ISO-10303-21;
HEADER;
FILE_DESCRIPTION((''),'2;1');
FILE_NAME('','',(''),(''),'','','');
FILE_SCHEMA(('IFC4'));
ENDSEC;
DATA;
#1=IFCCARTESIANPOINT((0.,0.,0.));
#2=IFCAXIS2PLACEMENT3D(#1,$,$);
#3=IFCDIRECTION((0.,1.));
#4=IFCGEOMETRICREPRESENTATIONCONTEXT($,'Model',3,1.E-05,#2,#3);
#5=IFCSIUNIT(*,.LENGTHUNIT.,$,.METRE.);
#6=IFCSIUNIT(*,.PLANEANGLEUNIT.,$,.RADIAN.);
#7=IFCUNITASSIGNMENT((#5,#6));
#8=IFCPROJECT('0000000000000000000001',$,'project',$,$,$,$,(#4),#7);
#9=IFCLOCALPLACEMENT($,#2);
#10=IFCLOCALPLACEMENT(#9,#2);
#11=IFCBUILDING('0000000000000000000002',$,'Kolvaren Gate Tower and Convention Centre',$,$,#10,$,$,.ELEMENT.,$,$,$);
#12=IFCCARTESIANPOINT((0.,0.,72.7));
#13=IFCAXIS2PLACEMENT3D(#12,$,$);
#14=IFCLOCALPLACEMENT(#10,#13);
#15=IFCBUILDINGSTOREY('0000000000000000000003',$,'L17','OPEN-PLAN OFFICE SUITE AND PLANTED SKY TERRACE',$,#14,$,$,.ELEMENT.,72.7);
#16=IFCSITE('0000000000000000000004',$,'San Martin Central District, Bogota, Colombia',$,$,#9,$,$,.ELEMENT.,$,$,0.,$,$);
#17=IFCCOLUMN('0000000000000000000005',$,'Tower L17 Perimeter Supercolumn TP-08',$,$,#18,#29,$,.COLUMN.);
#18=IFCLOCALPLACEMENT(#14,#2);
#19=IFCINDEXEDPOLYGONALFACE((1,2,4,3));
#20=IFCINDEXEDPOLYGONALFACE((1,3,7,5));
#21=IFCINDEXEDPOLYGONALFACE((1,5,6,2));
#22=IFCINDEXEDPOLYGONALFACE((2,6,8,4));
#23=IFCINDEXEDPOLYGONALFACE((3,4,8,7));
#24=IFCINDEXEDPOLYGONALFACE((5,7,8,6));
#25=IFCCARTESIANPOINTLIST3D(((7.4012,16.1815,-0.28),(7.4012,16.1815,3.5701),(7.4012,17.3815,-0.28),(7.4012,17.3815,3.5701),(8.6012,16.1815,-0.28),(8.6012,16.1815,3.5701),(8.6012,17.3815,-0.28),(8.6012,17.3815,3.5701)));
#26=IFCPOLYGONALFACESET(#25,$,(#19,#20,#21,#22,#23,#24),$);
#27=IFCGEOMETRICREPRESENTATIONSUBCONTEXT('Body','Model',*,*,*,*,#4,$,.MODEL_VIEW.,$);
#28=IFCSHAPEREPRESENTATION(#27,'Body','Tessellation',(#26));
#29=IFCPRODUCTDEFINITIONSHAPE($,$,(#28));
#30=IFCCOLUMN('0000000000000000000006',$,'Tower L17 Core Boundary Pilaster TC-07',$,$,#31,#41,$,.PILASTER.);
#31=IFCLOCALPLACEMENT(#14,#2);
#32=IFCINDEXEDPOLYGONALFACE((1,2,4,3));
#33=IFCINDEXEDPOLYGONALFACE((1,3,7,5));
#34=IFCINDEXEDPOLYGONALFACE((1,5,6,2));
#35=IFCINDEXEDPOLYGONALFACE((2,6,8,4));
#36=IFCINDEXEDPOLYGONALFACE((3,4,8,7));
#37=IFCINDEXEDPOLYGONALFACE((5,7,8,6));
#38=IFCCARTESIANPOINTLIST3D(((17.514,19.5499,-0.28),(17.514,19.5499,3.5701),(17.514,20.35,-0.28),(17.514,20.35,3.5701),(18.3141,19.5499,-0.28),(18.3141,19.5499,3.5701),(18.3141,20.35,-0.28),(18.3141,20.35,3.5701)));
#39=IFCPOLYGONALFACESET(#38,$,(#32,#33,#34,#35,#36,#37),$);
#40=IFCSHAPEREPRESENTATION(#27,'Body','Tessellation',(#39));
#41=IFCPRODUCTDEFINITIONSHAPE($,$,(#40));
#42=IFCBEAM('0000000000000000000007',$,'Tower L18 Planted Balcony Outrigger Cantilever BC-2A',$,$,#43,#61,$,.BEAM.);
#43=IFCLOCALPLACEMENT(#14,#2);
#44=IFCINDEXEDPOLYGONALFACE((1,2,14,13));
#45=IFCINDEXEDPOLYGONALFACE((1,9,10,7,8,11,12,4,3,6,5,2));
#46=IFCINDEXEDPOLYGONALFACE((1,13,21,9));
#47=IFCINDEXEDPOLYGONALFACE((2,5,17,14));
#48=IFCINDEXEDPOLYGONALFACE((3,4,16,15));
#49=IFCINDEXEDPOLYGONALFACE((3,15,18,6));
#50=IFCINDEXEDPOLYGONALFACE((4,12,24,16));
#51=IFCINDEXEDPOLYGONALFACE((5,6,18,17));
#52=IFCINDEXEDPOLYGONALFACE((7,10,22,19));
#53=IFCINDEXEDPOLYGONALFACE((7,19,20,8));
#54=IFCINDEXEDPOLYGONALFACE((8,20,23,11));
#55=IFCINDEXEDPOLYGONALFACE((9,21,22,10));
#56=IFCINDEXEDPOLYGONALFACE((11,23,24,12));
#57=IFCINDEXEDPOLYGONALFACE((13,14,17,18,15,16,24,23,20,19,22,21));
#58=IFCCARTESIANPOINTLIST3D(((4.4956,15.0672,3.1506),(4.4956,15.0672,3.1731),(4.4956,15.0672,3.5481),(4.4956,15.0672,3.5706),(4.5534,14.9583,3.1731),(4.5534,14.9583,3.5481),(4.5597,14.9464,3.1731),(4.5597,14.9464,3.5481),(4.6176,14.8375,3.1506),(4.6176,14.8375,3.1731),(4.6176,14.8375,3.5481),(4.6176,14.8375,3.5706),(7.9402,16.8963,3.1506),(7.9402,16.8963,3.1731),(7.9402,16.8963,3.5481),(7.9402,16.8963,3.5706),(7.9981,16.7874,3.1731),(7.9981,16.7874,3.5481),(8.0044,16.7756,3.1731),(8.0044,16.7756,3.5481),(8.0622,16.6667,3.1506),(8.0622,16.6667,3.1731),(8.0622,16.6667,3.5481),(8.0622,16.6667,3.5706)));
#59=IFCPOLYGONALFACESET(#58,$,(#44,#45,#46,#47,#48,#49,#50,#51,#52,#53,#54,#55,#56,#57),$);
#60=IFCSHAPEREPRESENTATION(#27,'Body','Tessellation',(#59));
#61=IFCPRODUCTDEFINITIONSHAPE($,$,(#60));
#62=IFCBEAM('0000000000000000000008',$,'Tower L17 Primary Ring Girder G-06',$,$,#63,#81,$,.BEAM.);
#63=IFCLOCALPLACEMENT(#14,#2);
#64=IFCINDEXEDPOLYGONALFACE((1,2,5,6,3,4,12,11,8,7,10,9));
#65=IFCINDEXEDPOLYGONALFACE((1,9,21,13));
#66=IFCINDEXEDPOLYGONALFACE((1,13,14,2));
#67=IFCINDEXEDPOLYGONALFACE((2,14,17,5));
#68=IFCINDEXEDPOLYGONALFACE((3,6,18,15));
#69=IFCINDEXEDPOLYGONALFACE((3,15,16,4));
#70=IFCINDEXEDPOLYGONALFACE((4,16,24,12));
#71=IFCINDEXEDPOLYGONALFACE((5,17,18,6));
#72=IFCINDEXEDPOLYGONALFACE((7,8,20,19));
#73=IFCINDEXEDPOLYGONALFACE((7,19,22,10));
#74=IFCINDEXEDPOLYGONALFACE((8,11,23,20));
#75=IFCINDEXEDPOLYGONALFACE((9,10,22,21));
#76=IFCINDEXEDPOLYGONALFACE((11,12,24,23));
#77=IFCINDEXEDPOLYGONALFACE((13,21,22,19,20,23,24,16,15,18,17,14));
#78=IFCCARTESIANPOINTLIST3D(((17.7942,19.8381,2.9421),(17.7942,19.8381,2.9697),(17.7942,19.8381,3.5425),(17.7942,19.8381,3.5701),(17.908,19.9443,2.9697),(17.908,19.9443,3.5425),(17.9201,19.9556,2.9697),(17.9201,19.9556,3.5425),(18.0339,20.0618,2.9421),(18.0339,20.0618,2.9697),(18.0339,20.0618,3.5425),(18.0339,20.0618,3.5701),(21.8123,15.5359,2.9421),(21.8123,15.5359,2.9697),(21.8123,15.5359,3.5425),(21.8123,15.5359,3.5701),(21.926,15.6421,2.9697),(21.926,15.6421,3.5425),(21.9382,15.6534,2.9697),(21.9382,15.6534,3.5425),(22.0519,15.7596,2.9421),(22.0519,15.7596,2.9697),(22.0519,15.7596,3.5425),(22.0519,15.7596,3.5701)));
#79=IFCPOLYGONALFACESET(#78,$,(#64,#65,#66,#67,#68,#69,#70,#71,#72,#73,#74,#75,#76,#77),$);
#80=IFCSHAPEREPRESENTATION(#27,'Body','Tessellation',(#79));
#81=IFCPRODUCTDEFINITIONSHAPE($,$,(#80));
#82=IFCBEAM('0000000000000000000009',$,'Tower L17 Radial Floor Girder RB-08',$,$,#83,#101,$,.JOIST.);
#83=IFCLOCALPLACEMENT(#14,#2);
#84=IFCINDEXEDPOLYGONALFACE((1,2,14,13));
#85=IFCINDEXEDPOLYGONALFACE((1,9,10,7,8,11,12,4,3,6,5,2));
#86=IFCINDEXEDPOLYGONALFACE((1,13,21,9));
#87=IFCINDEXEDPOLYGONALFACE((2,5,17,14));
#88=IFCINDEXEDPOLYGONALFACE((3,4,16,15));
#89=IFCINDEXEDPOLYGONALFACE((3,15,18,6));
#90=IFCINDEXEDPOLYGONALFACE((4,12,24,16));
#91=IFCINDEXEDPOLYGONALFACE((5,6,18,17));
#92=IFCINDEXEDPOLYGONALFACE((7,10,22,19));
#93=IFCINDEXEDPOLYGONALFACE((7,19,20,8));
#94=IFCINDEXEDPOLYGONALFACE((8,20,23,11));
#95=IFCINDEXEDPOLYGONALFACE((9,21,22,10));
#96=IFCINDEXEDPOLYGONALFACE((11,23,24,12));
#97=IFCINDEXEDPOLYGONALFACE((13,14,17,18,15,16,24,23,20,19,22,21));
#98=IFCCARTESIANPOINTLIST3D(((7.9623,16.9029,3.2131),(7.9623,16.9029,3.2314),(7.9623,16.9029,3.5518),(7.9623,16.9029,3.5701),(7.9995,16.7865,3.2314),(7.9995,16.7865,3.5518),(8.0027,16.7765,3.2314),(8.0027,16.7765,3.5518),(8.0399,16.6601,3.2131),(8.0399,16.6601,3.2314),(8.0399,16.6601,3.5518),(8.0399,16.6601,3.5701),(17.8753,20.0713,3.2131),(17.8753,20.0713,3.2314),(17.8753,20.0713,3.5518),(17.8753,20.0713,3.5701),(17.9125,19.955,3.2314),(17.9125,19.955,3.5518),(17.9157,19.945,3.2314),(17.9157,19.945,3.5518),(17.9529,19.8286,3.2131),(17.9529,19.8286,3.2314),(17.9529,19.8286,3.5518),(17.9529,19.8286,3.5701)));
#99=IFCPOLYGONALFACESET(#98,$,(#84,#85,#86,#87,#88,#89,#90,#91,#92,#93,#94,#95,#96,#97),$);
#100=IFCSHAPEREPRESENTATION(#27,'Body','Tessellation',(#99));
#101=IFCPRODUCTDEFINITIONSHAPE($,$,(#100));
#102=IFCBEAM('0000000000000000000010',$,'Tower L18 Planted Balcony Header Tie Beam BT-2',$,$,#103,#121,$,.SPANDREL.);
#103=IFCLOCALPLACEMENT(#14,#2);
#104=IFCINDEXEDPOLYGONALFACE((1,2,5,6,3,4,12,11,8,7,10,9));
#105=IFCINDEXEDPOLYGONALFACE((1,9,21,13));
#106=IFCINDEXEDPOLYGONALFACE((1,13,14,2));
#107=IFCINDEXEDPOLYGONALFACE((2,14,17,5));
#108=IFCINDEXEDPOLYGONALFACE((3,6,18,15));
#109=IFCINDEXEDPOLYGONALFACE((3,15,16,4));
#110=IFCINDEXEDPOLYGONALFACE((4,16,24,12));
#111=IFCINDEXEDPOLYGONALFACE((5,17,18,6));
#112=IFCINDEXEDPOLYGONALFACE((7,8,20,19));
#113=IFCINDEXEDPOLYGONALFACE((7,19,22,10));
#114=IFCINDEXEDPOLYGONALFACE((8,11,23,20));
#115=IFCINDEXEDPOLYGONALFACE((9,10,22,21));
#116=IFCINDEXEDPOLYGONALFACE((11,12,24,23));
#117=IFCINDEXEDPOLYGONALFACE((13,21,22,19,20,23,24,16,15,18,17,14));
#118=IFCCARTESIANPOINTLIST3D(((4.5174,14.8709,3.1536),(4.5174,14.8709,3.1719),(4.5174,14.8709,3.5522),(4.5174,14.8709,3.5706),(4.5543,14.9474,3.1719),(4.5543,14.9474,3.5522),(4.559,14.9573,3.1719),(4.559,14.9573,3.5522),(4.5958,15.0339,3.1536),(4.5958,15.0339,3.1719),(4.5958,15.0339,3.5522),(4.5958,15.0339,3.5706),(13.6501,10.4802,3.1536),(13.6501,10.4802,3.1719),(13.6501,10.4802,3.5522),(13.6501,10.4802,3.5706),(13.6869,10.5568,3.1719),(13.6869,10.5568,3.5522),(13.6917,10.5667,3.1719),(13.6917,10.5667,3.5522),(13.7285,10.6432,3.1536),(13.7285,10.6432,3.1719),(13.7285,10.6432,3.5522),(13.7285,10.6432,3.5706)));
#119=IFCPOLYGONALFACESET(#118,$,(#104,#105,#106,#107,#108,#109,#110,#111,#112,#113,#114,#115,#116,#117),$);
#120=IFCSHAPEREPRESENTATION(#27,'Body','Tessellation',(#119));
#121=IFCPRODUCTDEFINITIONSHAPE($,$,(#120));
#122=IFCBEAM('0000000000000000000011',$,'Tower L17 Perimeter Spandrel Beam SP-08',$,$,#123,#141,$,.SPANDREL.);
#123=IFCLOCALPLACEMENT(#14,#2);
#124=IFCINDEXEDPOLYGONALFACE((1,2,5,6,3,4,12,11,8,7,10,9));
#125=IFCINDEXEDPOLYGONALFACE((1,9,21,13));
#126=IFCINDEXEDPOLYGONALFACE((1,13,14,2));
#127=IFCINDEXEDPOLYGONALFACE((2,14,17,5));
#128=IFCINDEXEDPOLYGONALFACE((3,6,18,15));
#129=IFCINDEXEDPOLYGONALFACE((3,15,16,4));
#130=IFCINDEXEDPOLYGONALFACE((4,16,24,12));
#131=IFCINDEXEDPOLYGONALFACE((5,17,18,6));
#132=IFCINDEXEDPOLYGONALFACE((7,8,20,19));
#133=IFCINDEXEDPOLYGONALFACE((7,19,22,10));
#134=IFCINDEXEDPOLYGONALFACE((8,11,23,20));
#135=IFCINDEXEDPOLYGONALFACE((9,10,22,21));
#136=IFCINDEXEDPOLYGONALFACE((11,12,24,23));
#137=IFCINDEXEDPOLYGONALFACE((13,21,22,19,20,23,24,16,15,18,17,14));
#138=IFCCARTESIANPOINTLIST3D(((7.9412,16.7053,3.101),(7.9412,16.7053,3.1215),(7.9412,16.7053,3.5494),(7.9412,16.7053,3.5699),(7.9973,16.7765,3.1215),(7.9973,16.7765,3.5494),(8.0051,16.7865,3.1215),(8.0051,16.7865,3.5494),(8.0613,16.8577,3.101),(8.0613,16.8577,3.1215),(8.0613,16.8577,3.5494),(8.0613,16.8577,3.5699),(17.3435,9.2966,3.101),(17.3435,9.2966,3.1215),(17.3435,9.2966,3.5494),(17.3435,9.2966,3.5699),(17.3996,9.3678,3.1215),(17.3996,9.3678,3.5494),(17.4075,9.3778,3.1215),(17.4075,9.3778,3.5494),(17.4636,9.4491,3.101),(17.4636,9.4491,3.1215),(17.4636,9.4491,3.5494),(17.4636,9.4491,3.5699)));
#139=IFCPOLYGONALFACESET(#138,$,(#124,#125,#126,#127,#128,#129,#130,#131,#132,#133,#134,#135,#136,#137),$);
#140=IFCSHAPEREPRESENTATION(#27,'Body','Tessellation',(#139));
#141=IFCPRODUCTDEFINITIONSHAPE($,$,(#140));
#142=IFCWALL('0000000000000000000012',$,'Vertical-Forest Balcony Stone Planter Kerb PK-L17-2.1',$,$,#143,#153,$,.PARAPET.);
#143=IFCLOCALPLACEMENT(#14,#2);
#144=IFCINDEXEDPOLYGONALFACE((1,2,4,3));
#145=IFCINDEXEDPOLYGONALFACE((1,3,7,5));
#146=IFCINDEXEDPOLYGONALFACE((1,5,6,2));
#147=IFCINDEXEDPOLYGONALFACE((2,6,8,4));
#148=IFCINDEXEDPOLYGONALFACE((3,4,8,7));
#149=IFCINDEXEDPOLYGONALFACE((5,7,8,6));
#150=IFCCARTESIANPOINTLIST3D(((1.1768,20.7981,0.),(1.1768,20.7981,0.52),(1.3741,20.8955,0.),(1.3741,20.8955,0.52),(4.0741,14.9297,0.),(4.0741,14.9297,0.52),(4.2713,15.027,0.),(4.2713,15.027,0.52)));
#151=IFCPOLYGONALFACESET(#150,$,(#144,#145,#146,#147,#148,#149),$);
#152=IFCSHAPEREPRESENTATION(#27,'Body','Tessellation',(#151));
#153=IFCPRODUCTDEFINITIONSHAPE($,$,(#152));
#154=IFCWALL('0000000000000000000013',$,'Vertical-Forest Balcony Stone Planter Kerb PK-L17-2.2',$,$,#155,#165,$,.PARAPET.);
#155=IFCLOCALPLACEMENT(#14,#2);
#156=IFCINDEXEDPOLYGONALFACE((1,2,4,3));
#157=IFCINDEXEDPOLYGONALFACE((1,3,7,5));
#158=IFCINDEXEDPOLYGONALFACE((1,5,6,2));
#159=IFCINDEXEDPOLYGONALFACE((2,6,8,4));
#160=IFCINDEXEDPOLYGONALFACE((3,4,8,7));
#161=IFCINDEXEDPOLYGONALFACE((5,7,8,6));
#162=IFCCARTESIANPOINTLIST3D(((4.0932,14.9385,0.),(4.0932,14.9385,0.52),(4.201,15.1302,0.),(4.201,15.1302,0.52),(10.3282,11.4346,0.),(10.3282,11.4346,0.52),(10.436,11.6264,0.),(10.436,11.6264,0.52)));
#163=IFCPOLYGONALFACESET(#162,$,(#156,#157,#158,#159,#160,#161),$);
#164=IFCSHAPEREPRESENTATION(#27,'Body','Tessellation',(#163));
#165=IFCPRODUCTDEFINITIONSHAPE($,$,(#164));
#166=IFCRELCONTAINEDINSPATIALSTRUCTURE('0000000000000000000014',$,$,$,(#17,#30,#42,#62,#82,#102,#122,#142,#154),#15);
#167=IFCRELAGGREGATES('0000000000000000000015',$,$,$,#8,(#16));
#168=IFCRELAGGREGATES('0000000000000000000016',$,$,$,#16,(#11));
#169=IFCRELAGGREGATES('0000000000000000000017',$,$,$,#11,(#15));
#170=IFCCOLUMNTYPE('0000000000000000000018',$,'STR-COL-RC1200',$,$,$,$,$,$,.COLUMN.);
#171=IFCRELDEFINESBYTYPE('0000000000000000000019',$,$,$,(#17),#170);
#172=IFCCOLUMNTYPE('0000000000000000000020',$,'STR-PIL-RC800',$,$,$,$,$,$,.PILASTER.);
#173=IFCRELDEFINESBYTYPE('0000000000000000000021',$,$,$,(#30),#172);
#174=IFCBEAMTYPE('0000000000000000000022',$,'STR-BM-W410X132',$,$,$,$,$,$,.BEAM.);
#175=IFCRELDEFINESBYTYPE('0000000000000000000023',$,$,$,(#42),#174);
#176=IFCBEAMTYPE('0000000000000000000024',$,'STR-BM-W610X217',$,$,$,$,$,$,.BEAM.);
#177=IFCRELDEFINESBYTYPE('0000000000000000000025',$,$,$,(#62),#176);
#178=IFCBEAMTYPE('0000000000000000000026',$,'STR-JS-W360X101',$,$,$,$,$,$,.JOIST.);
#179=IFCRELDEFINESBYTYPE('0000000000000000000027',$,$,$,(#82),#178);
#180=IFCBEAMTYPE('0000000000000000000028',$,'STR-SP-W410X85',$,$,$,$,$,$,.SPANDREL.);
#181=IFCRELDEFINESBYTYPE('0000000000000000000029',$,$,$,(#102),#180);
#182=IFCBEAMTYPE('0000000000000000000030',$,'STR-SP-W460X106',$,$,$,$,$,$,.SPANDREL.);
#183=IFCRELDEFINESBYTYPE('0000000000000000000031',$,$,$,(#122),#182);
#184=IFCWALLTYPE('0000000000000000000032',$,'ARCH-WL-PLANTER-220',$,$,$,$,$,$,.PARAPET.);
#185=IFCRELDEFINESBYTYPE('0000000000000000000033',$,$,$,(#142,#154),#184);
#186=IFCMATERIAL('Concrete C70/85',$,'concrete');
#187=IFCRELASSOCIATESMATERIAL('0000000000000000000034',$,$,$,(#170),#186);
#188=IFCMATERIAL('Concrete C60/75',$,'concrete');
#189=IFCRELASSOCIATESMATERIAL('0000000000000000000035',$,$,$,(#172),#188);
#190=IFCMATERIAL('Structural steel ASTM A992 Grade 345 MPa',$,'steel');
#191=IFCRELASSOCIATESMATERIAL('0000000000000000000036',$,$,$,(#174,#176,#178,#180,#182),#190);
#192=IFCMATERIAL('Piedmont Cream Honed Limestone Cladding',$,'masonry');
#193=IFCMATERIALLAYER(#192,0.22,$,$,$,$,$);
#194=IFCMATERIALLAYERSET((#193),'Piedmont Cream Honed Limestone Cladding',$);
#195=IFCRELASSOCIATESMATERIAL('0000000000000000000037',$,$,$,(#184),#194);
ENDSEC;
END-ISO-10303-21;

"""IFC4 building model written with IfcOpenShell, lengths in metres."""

from ifc_helpers import new_model, si_unit, direction, frame, frame_2d, origin, origin_2d, place, context, subcontext, project, spatial, rectangle, i_section, extrude, material, layer, layer_set, material_profile, profile_set, type_object, element, save


model = new_model("IFC4")

# Units and contexts
model_context = context("Model", 3, precision=1e-05, world=origin(), true_north=direction((0.0, 1.0)))
body_context = subcontext(model_context, "Body", "Model", "MODEL_VIEW")
ifc_project = project(units=[si_unit("LENGTHUNIT", "METRE"), si_unit("PLANEANGLEUNIT", "RADIAN")], contexts=[model_context])

# Site, building, storey
site_placement = place(None, origin())
site = spatial("IfcSite", under=ifc_project, at=site_placement, Name="San Martin Central District, Bogota, Colombia", CompositionType="ELEMENT", RefElevation=0.0)
building_placement = place(site_placement, origin())
building = spatial("IfcBuilding", under=site, at=building_placement, Name="Kolvaren Gate Tower and Convention Centre", CompositionType="ELEMENT")
storey_placement = place(building_placement, frame((0.0, 0.0, 72.7)))
storey = spatial("IfcBuildingStorey", under=building, at=storey_placement, Name="L17", Description="OPEN-PLAN OFFICE SUITE AND PLANTED SKY TERRACE", CompositionType="ELEMENT", Elevation=72.7)

# Columns
ifc_material_1 = material(Name="Concrete C70/85", Category="concrete")
ifc_material_profile_1 = material_profile(ifc_material_1, rectangle(XDim=1.2, YDim=1.2, at=origin_2d()), Name="RC-COL-1200X1200")
ifc_profile_set_1 = profile_set([ifc_material_profile_1], Name="Concrete C70/85")
column_type_1 = type_object("IfcColumnType", Name="STR-COL-RC1200", PredefinedType="COLUMN", material=ifc_profile_set_1)
column_1_placement = place(storey_placement, frame((8.0012, 16.7815, -0.28), z_axis=(0.0, 0.0, 1.0), x_axis=(1.0, 0.0, 0.0)))
element("IfcColumn", 1, at=column_1_placement, inside=storey, type_object=column_type_1, Name="Tower L17 Perimeter Supercolumn TP-08", PredefinedType="COLUMN", context=body_context, shape_type="SweptSolid", body=[
    extrude(rectangle(XDim=1.2, YDim=1.2, at=origin_2d()), origin(), (0.0, 0.0, 1.0), 3.8501),
])
ifc_material_2 = material(Name="Concrete C60/75", Category="concrete")
ifc_material_profile_2 = material_profile(ifc_material_2, rectangle(XDim=0.8, YDim=0.8, at=origin_2d()), Name="RC-COL-800X800")
ifc_profile_set_2 = profile_set([ifc_material_profile_2], Name="Concrete C60/75")
column_type_2 = type_object("IfcColumnType", Name="STR-PIL-RC800", PredefinedType="PILASTER", material=ifc_profile_set_2)
column_2_placement = place(storey_placement, frame((17.9141, 19.95, -0.28), z_axis=(0.0, 0.0, 1.0), x_axis=(1.0, 0.0, 0.0)))
element("IfcColumn", 2, at=column_2_placement, inside=storey, type_object=column_type_2, Name="Tower L17 Core Boundary Pilaster TC-07", PredefinedType="PILASTER", context=body_context, shape_type="SweptSolid", body=[
    extrude(rectangle(XDim=0.8, YDim=0.8, at=origin_2d()), origin(), (0.0, 0.0, 1.0), 3.8501),
])

# Beams
ifc_material_3 = material(Name="Structural steel ASTM A992 Grade 345 MPa", Category="steel")
ifc_material_profile_3 = material_profile(ifc_material_3, i_section(OverallWidth=0.26, OverallDepth=0.4199, WebThickness=0.0134, FlangeThickness=0.0225, at=origin_2d()), Name="W410X132")
ifc_profile_set_3 = profile_set([ifc_material_profile_3], Name="Structural steel ASTM A992 Grade 345 MPa")
beam_type_1 = type_object("IfcBeamType", Name="STR-BM-W410X132", PredefinedType="BEAM", material=ifc_profile_set_3)
beam_1_placement = place(storey_placement, frame((8.0012, 16.7815, 3.3606), z_axis=(-0.883204, -0.468989, 0.0), x_axis=(0.468989, -0.883204, 0.0)))
element("IfcBeam", 3, at=beam_1_placement, inside=storey, type_object=beam_type_1, Name="Tower L18 Planted Balcony Outrigger Cantilever BC-2A", PredefinedType="BEAM", context=body_context, shape_type="SweptSolid", body=[
    extrude(i_section(OverallWidth=0.26, OverallDepth=0.4199, WebThickness=0.0134, FlangeThickness=0.0225, at=origin_2d()), origin(), (0.0, 0.0, 1.0), 3.9001),
])
ifc_material_profile_4 = material_profile(ifc_material_3, i_section(OverallWidth=0.3279, OverallDepth=0.6279, WebThickness=0.0166, FlangeThickness=0.0276, at=origin_2d()), Name="W610X217")
ifc_profile_set_4 = profile_set([ifc_material_profile_4], Name="Structural steel ASTM A992 Grade 345 MPa")
beam_type_2 = type_object("IfcBeamType", Name="STR-BM-W610X217", PredefinedType="BEAM", material=ifc_profile_set_4)
beam_2_placement = place(storey_placement, frame((17.9141, 19.95, 3.2561), z_axis=(0.682558, -0.730832, 0.0), x_axis=(0.730832, 0.682558, 0.0)))
element("IfcBeam", 4, at=beam_2_placement, inside=storey, type_object=beam_type_2, Name="Tower L17 Primary Ring Girder G-06", PredefinedType="BEAM", context=body_context, shape_type="SweptSolid", body=[
    extrude(i_section(OverallWidth=0.3279, OverallDepth=0.6279, WebThickness=0.0166, FlangeThickness=0.0276, at=origin_2d()), origin(), (0.0, 0.0, 1.0), 5.8867),
])
ifc_material_profile_5 = material_profile(ifc_material_3, i_section(OverallWidth=0.2549, OverallDepth=0.3569, WebThickness=0.0105, FlangeThickness=0.0183, at=origin_2d()), Name="W360X101")
ifc_profile_set_5 = profile_set([ifc_material_profile_5], Name="Structural steel ASTM A992 Grade 345 MPa")
beam_type_3 = type_object("IfcBeamType", Name="STR-JS-W360X101", PredefinedType="JOIST", material=ifc_profile_set_5)
beam_3_placement = place(storey_placement, frame((17.9141, 19.95, 3.3916), z_axis=(-0.952526, -0.304457, 0.0), x_axis=(0.304457, -0.952526, 0.0)))
element("IfcBeam", 5, at=beam_3_placement, inside=storey, type_object=beam_type_3, Name="Tower L17 Radial Floor Girder RB-08", PredefinedType="JOIST", context=body_context, shape_type="SweptSolid", body=[
    extrude(i_section(OverallWidth=0.2549, OverallDepth=0.3569, WebThickness=0.0105, FlangeThickness=0.0183, at=origin_2d()), origin(), (0.0, 0.0, 1.0), 10.407),
])
ifc_material_profile_6 = material_profile(ifc_material_3, i_section(OverallWidth=0.1809, OverallDepth=0.417, WebThickness=0.011, FlangeThickness=0.0183, at=origin_2d()), Name="W410X85")
ifc_profile_set_6 = profile_set([ifc_material_profile_6], Name="Structural steel ASTM A992 Grade 345 MPa")
beam_type_4 = type_object("IfcBeamType", Name="STR-SP-W410X85", PredefinedType="SPANDREL", material=ifc_profile_set_6)
beam_4_placement = place(storey_placement, frame((4.5566, 14.9524, 3.3621), z_axis=(0.901254, -0.433292, 0.0), x_axis=(0.433292, 0.901254, 0.0)))
element("IfcBeam", 6, at=beam_4_placement, inside=storey, type_object=beam_type_4, Name="Tower L18 Planted Balcony Header Tie Beam BT-2", PredefinedType="SPANDREL", context=body_context, shape_type="SweptSolid", body=[
    extrude(i_section(OverallWidth=0.1809, OverallDepth=0.417, WebThickness=0.011, FlangeThickness=0.0183, at=origin_2d()), origin(), (0.0, 0.0, 1.0), 10.1333),
])
ifc_material_profile_7 = material_profile(ifc_material_3, i_section(OverallWidth=0.1941, OverallDepth=0.469, WebThickness=0.0127, FlangeThickness=0.0205, at=origin_2d()), Name="W460X106")
ifc_profile_set_7 = profile_set([ifc_material_profile_7], Name="Structural steel ASTM A992 Grade 345 MPa")
beam_type_5 = type_object("IfcBeamType", Name="STR-SP-W460X106", PredefinedType="SPANDREL", material=ifc_profile_set_7)
beam_5_placement = place(storey_placement, frame((8.0012, 16.7815, 3.3354), z_axis=(0.78546, -0.618913, 0.0), x_axis=(0.618913, 0.78546, 0.0)))
element("IfcBeam", 7, at=beam_5_placement, inside=storey, type_object=beam_type_5, Name="Tower L17 Perimeter Spandrel Beam SP-08", PredefinedType="SPANDREL", context=body_context, shape_type="SweptSolid", body=[
    extrude(i_section(OverallWidth=0.1941, OverallDepth=0.469, WebThickness=0.0127, FlangeThickness=0.0205, at=origin_2d()), origin(), (0.0, 0.0, 1.0), 11.9705),
])

# Walls
ifc_material_4 = material(Name="Piedmont Cream Honed Limestone Cladding", Category="masonry")
ifc_layer_1 = layer(ifc_material_4, 0.22)
ifc_layer_set_1 = layer_set([ifc_layer_1], Name="Piedmont Cream Honed Limestone Cladding")
wall_type_1 = type_object("IfcWallType", Name="ARCH-WL-PLANTER-220", PredefinedType="PARAPET", material=ifc_layer_set_1)
wall_1_placement = place(storey_placement, frame((1.2754, 20.8469, 0.0), z_axis=(0.0, 0.0, 1.0), x_axis=(0.442687, -0.896676, 0.0)))
element("IfcWall", 8, at=wall_1_placement, inside=storey, type_object=wall_type_1, Name="Vertical-Forest Balcony Stone Planter Kerb PK-L17-2.1", PredefinedType="PARAPET", context=body_context, shape_type="SweptSolid", body=[
    extrude(rectangle(XDim=6.5447, YDim=0.22, at=frame_2d((3.2725, 0.0))), origin(), (0.0, 0.0, 1.0), 0.52),
])
wall_2_placement = place(storey_placement, frame((4.147, 15.0344, 0.0), z_axis=(0.0, 0.0, 1.0), x_axis=(0.871775, -0.489906, 0.0)))
element("IfcWall", 9, at=wall_2_placement, inside=storey, type_object=wall_type_1, Name="Vertical-Forest Balcony Stone Planter Kerb PK-L17-2.2", PredefinedType="PARAPET", context=body_context, shape_type="SweptSolid", body=[
    extrude(rectangle(XDim=7.1521, YDim=0.22, at=frame_2d((3.5762, 0.0))), origin(), (0.0, 0.0, 1.0), 0.52),
])

save(model, "model.ifc")
